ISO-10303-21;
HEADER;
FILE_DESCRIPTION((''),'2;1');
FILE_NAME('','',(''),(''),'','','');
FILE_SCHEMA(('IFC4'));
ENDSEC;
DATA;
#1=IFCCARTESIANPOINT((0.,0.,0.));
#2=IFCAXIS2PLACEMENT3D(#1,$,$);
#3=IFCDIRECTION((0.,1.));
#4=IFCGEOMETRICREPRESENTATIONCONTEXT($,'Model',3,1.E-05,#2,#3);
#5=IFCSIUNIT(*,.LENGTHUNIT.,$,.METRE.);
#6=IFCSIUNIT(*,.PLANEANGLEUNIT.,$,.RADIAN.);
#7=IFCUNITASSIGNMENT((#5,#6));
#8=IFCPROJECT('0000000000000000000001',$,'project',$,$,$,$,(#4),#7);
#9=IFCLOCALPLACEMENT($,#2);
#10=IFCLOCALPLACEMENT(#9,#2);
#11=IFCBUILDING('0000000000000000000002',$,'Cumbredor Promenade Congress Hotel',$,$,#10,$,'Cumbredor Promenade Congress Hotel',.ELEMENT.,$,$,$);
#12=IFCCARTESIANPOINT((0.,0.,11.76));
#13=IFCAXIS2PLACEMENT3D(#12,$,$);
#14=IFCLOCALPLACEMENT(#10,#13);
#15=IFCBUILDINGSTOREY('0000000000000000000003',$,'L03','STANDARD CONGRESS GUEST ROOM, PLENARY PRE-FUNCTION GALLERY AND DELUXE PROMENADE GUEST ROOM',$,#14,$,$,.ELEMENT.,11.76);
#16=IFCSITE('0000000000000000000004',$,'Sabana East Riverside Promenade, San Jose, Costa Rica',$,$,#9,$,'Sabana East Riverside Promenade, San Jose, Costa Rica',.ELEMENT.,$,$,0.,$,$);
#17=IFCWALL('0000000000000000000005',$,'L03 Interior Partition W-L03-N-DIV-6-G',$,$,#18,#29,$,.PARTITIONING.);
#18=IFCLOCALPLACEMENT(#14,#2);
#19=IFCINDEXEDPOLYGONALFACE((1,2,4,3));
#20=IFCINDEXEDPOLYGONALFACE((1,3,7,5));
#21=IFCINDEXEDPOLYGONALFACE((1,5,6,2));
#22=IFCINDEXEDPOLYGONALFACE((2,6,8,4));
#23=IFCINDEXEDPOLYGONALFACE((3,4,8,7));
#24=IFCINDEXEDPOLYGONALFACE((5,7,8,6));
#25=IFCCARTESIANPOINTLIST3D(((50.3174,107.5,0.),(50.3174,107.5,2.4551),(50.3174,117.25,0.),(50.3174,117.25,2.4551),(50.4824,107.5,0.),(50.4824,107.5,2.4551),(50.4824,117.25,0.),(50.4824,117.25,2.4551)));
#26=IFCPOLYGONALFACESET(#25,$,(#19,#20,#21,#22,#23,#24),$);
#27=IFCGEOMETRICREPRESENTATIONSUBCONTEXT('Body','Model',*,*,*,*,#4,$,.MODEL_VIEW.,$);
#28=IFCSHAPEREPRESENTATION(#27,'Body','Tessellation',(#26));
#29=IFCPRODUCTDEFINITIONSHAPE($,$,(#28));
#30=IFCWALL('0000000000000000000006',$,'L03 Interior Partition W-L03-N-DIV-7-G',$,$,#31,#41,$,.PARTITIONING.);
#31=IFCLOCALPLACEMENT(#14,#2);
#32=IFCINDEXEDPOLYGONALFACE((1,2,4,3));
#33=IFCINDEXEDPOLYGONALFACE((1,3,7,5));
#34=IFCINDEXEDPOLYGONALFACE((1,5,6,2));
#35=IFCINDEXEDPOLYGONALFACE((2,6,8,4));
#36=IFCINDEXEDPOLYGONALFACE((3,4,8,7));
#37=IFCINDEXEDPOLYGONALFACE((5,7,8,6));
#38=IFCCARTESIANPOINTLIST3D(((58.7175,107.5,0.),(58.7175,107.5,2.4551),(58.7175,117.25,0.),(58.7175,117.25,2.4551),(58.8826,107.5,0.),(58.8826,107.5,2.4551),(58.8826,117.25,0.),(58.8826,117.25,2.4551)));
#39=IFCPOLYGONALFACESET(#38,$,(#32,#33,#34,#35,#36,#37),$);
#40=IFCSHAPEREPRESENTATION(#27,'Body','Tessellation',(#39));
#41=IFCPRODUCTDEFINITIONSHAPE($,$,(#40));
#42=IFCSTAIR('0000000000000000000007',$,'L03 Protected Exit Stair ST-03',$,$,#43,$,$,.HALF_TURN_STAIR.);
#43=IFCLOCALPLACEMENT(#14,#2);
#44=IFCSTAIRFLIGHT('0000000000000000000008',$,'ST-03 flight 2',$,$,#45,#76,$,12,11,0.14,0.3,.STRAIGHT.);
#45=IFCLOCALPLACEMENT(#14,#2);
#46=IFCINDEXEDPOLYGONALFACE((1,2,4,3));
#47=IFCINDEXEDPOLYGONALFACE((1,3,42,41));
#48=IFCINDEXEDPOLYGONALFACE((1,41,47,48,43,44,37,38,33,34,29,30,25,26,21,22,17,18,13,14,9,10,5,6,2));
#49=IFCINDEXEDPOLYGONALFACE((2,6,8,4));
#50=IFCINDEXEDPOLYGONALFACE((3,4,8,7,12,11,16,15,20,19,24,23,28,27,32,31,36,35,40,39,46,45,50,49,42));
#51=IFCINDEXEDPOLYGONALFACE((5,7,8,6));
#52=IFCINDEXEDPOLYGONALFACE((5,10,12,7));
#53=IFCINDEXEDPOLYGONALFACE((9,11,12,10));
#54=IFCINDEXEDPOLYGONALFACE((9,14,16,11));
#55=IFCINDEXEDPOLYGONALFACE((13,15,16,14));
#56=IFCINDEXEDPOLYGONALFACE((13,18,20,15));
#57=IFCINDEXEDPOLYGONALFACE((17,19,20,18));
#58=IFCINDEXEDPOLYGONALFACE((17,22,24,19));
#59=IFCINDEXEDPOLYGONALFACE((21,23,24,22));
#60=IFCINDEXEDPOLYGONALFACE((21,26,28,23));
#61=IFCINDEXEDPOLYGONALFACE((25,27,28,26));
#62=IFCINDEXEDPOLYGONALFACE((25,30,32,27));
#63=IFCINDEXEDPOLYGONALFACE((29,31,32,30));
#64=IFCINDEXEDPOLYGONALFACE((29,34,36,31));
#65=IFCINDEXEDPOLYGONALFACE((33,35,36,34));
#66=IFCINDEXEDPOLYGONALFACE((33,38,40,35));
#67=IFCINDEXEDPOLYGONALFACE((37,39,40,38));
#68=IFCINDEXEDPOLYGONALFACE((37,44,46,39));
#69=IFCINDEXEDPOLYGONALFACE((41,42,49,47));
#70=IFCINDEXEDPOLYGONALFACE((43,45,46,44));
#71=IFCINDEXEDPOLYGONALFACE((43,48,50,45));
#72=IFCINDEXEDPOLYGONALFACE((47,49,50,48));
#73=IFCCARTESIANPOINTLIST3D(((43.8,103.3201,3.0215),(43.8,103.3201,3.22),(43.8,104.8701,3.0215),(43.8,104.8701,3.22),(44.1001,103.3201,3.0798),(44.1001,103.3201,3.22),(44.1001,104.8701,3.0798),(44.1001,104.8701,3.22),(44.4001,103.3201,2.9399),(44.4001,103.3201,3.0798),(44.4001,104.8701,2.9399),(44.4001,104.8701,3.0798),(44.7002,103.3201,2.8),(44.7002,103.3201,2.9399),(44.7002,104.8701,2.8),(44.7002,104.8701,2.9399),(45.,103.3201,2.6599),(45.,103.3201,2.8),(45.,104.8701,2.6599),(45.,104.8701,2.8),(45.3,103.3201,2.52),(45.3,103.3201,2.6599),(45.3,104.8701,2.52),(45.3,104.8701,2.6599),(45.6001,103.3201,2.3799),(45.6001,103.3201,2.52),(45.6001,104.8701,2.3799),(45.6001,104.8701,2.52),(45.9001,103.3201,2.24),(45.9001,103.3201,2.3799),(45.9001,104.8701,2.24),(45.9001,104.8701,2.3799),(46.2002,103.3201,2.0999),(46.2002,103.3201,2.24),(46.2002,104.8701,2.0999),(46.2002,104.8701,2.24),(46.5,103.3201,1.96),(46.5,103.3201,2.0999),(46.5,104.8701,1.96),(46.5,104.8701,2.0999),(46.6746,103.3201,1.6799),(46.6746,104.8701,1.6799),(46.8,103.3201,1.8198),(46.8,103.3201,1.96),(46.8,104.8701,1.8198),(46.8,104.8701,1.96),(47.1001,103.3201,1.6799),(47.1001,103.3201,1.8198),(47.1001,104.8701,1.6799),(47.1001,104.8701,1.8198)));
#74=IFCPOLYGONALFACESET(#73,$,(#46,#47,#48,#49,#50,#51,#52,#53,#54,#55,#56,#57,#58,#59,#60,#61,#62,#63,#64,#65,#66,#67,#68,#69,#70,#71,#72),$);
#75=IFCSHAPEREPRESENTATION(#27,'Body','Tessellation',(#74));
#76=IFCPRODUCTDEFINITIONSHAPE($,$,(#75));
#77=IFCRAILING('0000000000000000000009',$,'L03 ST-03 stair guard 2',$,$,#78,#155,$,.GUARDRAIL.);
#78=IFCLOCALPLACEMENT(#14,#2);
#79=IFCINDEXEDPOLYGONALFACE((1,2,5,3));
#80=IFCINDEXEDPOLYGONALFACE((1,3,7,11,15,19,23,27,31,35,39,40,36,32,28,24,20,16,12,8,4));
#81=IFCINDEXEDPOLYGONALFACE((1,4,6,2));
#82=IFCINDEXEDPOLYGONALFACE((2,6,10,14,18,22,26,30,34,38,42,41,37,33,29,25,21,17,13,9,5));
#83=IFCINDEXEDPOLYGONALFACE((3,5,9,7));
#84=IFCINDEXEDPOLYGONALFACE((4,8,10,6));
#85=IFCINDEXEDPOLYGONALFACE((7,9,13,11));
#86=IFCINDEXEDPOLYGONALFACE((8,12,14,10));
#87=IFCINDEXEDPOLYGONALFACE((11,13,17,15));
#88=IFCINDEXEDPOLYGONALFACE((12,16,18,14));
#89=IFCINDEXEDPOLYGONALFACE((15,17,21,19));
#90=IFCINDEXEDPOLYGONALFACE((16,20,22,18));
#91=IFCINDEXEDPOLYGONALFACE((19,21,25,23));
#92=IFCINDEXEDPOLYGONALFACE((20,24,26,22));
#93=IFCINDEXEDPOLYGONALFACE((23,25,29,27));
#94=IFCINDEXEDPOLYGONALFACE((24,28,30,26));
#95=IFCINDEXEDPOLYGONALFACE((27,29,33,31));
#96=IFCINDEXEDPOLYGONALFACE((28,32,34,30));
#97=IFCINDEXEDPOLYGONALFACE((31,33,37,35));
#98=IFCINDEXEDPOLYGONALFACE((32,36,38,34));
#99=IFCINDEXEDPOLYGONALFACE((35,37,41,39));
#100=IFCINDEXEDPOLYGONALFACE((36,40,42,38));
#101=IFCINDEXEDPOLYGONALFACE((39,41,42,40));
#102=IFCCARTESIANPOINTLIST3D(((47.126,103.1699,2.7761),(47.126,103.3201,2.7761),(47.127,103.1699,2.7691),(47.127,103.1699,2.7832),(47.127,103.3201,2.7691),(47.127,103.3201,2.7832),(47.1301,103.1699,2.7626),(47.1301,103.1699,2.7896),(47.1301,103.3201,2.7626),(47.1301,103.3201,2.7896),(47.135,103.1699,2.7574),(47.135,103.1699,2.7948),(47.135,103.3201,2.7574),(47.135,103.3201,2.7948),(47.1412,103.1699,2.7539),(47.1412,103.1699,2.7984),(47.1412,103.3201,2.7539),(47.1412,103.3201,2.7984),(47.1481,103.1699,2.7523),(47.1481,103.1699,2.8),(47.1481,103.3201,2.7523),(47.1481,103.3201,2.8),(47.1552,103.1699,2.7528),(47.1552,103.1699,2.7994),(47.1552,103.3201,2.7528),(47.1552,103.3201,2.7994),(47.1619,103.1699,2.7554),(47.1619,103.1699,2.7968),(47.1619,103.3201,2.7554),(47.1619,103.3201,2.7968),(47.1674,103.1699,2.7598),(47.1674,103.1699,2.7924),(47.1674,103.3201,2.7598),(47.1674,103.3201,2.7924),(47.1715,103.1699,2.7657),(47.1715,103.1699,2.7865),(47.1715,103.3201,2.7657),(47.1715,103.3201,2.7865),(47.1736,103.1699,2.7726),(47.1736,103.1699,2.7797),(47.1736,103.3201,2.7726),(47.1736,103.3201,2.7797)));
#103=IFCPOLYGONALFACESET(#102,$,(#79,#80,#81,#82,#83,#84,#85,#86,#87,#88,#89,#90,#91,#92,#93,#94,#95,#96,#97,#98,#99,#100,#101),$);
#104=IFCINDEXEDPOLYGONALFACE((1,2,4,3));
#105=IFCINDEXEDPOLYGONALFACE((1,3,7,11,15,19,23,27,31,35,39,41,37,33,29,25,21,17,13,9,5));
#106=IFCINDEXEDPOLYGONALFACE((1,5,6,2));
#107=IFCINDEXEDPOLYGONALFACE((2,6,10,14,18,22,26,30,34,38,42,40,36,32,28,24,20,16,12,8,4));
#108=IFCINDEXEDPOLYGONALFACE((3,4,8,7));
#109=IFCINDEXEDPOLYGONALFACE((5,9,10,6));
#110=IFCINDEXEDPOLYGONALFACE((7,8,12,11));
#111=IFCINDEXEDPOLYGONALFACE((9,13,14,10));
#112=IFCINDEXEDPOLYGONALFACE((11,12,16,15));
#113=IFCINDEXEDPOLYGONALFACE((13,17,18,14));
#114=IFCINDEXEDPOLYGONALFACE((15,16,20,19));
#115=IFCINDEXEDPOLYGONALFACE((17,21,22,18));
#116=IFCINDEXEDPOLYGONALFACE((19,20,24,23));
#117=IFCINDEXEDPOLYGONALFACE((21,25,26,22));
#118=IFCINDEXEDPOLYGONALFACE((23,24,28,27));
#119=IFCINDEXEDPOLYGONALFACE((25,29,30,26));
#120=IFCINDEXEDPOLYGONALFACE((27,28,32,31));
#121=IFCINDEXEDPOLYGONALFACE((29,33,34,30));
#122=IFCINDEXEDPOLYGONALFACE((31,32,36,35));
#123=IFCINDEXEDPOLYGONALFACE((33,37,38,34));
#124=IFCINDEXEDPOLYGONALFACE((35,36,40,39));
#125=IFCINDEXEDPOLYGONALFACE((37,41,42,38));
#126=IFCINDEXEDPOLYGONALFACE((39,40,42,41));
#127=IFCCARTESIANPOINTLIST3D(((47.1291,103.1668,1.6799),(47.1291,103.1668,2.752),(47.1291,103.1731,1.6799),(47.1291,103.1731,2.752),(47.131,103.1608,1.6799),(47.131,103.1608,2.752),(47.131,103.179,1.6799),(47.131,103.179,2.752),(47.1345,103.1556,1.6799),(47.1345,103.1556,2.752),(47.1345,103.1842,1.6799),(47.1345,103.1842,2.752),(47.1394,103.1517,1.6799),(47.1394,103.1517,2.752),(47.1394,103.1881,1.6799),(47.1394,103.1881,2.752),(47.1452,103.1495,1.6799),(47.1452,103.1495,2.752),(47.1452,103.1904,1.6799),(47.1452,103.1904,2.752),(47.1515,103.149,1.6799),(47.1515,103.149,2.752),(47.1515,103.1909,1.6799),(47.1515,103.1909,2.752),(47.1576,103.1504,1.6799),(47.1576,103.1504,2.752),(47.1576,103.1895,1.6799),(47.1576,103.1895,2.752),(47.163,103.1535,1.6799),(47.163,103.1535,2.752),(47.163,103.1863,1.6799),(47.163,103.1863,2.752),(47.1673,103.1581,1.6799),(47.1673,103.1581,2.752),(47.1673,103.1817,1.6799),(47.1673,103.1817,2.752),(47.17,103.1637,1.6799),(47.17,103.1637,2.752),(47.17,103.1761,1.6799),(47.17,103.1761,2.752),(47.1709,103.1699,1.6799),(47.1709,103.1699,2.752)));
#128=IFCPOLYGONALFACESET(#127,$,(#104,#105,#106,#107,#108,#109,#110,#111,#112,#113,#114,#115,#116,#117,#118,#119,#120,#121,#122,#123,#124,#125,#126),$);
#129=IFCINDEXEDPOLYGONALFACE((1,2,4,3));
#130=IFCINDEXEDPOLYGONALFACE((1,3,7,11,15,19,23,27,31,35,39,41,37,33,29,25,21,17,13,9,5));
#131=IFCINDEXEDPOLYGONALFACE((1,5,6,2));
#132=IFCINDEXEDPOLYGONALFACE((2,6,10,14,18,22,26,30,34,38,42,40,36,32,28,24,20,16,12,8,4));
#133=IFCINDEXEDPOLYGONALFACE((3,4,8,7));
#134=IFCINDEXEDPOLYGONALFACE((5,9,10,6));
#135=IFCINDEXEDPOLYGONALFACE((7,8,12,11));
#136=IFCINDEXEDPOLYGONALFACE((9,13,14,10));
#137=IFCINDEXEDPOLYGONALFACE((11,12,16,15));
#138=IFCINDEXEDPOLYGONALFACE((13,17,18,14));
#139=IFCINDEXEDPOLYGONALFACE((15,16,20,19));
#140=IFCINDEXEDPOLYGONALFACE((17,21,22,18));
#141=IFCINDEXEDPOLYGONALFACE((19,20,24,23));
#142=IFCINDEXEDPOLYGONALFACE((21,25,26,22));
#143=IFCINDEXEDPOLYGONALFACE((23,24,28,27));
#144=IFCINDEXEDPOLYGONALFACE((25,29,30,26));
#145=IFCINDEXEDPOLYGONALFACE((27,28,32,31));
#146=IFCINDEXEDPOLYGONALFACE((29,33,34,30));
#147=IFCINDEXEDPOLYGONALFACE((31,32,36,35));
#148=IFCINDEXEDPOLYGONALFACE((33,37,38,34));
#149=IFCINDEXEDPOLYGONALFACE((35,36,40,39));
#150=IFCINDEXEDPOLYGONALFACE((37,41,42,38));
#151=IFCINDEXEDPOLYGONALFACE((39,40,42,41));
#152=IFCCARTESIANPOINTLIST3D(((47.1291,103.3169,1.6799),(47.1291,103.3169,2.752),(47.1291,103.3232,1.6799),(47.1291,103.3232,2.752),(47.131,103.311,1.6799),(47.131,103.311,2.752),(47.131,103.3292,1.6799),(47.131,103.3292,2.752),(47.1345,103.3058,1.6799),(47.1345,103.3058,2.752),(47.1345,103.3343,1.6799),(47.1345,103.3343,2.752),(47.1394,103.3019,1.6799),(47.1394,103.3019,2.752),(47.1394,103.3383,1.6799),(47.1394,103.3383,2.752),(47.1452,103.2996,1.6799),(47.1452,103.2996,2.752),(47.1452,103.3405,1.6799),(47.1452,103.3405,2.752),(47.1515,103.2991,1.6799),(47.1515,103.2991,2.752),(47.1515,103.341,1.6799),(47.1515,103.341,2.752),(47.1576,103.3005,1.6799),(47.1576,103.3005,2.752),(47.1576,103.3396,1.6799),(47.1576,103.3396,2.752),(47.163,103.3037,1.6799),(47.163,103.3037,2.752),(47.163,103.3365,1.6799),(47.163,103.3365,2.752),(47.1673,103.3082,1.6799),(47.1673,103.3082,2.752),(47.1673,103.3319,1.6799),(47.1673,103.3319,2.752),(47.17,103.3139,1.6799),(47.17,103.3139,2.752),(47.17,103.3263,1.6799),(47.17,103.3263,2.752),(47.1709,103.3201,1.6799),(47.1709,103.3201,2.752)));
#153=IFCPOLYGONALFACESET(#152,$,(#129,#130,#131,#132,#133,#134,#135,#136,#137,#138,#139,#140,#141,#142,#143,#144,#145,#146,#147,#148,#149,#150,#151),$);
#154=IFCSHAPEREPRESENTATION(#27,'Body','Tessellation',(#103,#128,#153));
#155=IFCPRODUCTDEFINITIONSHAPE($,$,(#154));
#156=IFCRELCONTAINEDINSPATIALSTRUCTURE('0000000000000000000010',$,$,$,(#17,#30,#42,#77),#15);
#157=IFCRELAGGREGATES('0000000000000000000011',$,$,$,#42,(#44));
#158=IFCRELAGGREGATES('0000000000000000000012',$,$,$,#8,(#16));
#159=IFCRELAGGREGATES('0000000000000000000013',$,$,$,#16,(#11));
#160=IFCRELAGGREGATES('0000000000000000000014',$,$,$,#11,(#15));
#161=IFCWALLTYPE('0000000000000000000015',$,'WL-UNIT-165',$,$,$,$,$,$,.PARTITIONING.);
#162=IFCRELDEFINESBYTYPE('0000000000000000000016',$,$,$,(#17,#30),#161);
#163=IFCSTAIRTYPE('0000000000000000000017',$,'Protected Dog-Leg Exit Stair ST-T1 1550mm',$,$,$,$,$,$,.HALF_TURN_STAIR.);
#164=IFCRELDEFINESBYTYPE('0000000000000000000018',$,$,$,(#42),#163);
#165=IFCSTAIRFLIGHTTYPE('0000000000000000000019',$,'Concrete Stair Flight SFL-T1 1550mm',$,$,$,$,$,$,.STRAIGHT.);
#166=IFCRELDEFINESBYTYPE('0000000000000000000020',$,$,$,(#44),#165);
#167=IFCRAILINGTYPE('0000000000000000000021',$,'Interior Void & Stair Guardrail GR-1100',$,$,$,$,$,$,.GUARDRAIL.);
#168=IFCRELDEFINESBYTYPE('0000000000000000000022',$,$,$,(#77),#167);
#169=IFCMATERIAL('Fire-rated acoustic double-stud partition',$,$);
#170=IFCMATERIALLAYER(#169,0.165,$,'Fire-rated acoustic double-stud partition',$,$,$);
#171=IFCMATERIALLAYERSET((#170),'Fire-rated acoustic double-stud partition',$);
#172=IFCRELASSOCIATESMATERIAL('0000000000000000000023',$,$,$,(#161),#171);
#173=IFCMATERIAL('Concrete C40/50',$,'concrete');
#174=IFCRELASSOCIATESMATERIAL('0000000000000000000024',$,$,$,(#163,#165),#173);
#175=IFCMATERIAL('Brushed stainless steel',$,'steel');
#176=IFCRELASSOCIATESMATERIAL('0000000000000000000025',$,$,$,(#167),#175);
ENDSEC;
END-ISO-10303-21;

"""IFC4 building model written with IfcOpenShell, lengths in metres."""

from ifc_helpers import new_model, si_unit, direction, frame, frame_2d, origin, origin_2d, place, context, subcontext, project, spatial, polyline, rectangle, circle, outline, extrude, material, layer, layer_set, type_object, element, aggregate, save


model = new_model("IFC4")

# Units and contexts
model_context = context("Model", 3, precision=1e-05, world=origin(), true_north=direction((0.0, 1.0)))
body_context = subcontext(model_context, "Body", "Model", "MODEL_VIEW")
ifc_project = project(units=[si_unit("LENGTHUNIT", "METRE"), si_unit("PLANEANGLEUNIT", "RADIAN")], contexts=[model_context])

# Site, building, storey
site_placement = place(None, origin())
site = spatial("IfcSite", under=ifc_project, at=site_placement, Name="Sabana East Riverside Promenade, San Jose, Costa Rica", LongName="Sabana East Riverside Promenade, San Jose, Costa Rica", CompositionType="ELEMENT", RefElevation=0.0)
building_placement = place(site_placement, origin())
building = spatial("IfcBuilding", under=site, at=building_placement, Name="Cumbredor Promenade Congress Hotel", LongName="Cumbredor Promenade Congress Hotel", CompositionType="ELEMENT")
storey_placement = place(building_placement, frame((0.0, 0.0, 11.76)))
storey = spatial("IfcBuildingStorey", under=building, at=storey_placement, Name="L03", Description="STANDARD CONGRESS GUEST ROOM, PLENARY PRE-FUNCTION GALLERY AND DELUXE PROMENADE GUEST ROOM", CompositionType="ELEMENT", Elevation=11.76)

# Shared definitions
ifc_material_1 = material(Name="Concrete C40/50", Category="concrete")

# Walls
ifc_material_2 = material(Name="Fire-rated acoustic double-stud partition")
ifc_layer_1 = layer(ifc_material_2, 0.165, Name="Fire-rated acoustic double-stud partition")
ifc_layer_set_1 = layer_set([ifc_layer_1], Name="Fire-rated acoustic double-stud partition")
wall_type_1 = type_object("IfcWallType", Name="WL-UNIT-165", PredefinedType="PARTITIONING", material=ifc_layer_set_1)
for number, where, z_axis, x_axis, name in (
    (1, (50.3999, 107.5, 0.0), (0.0, 0.0, 1.0), (0.0, 1.0, 0.0), "L03 Interior Partition W-L03-N-DIV-6-G"),
    (2, (58.8, 107.5, 0.0), (0.0, 0.0, 1.0), (0.0, 1.0, 0.0), "L03 Interior Partition W-L03-N-DIV-7-G"),
):
    element("IfcWall", number, at=place(storey_placement, frame(where, z_axis=z_axis, x_axis=x_axis)), inside=storey, type_object=wall_type_1, Name=name, PredefinedType="PARTITIONING", context=body_context, shape_type="SweptSolid", body=[
        extrude(rectangle(XDim=9.75, YDim=0.165, at=frame_2d((4.875, 0.0))), origin(), (0.0, 0.0, 1.0), 2.4551),
    ])

# Stair, stair flight
stair_type = type_object("IfcStairType", Name="Protected Dog-Leg Exit Stair ST-T1 1550mm", PredefinedType="HALF_TURN_STAIR", material=ifc_material_1)
stair_placement = place(storey_placement, origin())
stair = element("IfcStair", 3, at=stair_placement, inside=storey, type_object=stair_type, Name="L03 Protected Exit Stair ST-03", PredefinedType="HALF_TURN_STAIR")
stair_flight_type = type_object("IfcStairFlightType", Name="Concrete Stair Flight SFL-T1 1550mm", PredefinedType="STRAIGHT", material=ifc_material_1)
stair_flight_placement = place(storey_placement, frame((47.1001, 104.095, 1.6799), z_axis=(0.0, 0.0, 1.0), x_axis=(-1.0, 0.0, 0.0)))
stair_flight = element("IfcStairFlight", 4, at=stair_flight_placement, type_object=stair_flight_type, Name="ST-03 flight 2", NumberOfRisers=12, NumberOfTreads=11, PredefinedType="STRAIGHT", RiserHeight=0.14, TreadLength=0.3, context=body_context, shape_type="SweptSolid", body=[
    extrude(outline(polyline([(0.0, 0.0), (0.0, 0.1399), (0.3, 0.1399), (0.3, 0.28), (0.6001, 0.28), (0.6001, 0.4199), (0.8999, 0.4199), (0.8999, 0.5601), (1.2, 0.5601), (1.2, 0.7), (1.5, 0.7), (1.5, 0.8401), (1.8, 0.8401), (1.8, 0.98), (2.1001, 0.98), (2.1001, 1.1201), (2.3999, 1.1201), (2.3999, 1.26), (2.7, 1.26), (2.7, 1.3999), (3.0, 1.3999), (3.0, 1.54), (3.3, 1.54), (3.3, 1.6799), (3.3, 1.3416), (0.4255, 0.0), (0.0, 0.0)])), frame((0.0, 0.7749, 0.0), z_axis=(0.0, -1.0, 0.0), x_axis=(1.0, 0.0, 0.0)), (0.0, 0.0, 1.0), 1.55),
])
aggregate(stair, [stair_flight])

# Railing
ifc_material_3 = material(Name="Brushed stainless steel", Category="steel")
railing_type_1 = type_object("IfcRailingType", Name="Interior Void & Stair Guardrail GR-1100", PredefinedType="GUARDRAIL", material=ifc_material_3)
railing_1_placement = place(storey_placement, frame((47.1499, 103.1699, 1.6799)))
element("IfcRailing", 5, at=railing_1_placement, inside=storey, type_object=railing_type_1, Name="L03 ST-03 stair guard 2", PredefinedType="GUARDRAIL", context=body_context, shape_type="SweptSolid", body=[
    extrude(circle(Radius=0.0239, at=origin_2d()), frame((0.0, 0.0, 1.0962), z_axis=(0.0, 1.0, 0.0), x_axis=(-1.0, 0.0, 0.0)), (0.0, 0.0, 1.0), 0.1501),
    extrude(circle(Radius=0.021, at=origin_2d()), origin(), (0.0, 0.0, 1.0), 1.072),
    extrude(circle(Radius=0.021, at=origin_2d()), frame((0.0, 0.1501, 0.0)), (0.0, 0.0, 1.0), 1.072),
])

save(model, "model.ifc")
